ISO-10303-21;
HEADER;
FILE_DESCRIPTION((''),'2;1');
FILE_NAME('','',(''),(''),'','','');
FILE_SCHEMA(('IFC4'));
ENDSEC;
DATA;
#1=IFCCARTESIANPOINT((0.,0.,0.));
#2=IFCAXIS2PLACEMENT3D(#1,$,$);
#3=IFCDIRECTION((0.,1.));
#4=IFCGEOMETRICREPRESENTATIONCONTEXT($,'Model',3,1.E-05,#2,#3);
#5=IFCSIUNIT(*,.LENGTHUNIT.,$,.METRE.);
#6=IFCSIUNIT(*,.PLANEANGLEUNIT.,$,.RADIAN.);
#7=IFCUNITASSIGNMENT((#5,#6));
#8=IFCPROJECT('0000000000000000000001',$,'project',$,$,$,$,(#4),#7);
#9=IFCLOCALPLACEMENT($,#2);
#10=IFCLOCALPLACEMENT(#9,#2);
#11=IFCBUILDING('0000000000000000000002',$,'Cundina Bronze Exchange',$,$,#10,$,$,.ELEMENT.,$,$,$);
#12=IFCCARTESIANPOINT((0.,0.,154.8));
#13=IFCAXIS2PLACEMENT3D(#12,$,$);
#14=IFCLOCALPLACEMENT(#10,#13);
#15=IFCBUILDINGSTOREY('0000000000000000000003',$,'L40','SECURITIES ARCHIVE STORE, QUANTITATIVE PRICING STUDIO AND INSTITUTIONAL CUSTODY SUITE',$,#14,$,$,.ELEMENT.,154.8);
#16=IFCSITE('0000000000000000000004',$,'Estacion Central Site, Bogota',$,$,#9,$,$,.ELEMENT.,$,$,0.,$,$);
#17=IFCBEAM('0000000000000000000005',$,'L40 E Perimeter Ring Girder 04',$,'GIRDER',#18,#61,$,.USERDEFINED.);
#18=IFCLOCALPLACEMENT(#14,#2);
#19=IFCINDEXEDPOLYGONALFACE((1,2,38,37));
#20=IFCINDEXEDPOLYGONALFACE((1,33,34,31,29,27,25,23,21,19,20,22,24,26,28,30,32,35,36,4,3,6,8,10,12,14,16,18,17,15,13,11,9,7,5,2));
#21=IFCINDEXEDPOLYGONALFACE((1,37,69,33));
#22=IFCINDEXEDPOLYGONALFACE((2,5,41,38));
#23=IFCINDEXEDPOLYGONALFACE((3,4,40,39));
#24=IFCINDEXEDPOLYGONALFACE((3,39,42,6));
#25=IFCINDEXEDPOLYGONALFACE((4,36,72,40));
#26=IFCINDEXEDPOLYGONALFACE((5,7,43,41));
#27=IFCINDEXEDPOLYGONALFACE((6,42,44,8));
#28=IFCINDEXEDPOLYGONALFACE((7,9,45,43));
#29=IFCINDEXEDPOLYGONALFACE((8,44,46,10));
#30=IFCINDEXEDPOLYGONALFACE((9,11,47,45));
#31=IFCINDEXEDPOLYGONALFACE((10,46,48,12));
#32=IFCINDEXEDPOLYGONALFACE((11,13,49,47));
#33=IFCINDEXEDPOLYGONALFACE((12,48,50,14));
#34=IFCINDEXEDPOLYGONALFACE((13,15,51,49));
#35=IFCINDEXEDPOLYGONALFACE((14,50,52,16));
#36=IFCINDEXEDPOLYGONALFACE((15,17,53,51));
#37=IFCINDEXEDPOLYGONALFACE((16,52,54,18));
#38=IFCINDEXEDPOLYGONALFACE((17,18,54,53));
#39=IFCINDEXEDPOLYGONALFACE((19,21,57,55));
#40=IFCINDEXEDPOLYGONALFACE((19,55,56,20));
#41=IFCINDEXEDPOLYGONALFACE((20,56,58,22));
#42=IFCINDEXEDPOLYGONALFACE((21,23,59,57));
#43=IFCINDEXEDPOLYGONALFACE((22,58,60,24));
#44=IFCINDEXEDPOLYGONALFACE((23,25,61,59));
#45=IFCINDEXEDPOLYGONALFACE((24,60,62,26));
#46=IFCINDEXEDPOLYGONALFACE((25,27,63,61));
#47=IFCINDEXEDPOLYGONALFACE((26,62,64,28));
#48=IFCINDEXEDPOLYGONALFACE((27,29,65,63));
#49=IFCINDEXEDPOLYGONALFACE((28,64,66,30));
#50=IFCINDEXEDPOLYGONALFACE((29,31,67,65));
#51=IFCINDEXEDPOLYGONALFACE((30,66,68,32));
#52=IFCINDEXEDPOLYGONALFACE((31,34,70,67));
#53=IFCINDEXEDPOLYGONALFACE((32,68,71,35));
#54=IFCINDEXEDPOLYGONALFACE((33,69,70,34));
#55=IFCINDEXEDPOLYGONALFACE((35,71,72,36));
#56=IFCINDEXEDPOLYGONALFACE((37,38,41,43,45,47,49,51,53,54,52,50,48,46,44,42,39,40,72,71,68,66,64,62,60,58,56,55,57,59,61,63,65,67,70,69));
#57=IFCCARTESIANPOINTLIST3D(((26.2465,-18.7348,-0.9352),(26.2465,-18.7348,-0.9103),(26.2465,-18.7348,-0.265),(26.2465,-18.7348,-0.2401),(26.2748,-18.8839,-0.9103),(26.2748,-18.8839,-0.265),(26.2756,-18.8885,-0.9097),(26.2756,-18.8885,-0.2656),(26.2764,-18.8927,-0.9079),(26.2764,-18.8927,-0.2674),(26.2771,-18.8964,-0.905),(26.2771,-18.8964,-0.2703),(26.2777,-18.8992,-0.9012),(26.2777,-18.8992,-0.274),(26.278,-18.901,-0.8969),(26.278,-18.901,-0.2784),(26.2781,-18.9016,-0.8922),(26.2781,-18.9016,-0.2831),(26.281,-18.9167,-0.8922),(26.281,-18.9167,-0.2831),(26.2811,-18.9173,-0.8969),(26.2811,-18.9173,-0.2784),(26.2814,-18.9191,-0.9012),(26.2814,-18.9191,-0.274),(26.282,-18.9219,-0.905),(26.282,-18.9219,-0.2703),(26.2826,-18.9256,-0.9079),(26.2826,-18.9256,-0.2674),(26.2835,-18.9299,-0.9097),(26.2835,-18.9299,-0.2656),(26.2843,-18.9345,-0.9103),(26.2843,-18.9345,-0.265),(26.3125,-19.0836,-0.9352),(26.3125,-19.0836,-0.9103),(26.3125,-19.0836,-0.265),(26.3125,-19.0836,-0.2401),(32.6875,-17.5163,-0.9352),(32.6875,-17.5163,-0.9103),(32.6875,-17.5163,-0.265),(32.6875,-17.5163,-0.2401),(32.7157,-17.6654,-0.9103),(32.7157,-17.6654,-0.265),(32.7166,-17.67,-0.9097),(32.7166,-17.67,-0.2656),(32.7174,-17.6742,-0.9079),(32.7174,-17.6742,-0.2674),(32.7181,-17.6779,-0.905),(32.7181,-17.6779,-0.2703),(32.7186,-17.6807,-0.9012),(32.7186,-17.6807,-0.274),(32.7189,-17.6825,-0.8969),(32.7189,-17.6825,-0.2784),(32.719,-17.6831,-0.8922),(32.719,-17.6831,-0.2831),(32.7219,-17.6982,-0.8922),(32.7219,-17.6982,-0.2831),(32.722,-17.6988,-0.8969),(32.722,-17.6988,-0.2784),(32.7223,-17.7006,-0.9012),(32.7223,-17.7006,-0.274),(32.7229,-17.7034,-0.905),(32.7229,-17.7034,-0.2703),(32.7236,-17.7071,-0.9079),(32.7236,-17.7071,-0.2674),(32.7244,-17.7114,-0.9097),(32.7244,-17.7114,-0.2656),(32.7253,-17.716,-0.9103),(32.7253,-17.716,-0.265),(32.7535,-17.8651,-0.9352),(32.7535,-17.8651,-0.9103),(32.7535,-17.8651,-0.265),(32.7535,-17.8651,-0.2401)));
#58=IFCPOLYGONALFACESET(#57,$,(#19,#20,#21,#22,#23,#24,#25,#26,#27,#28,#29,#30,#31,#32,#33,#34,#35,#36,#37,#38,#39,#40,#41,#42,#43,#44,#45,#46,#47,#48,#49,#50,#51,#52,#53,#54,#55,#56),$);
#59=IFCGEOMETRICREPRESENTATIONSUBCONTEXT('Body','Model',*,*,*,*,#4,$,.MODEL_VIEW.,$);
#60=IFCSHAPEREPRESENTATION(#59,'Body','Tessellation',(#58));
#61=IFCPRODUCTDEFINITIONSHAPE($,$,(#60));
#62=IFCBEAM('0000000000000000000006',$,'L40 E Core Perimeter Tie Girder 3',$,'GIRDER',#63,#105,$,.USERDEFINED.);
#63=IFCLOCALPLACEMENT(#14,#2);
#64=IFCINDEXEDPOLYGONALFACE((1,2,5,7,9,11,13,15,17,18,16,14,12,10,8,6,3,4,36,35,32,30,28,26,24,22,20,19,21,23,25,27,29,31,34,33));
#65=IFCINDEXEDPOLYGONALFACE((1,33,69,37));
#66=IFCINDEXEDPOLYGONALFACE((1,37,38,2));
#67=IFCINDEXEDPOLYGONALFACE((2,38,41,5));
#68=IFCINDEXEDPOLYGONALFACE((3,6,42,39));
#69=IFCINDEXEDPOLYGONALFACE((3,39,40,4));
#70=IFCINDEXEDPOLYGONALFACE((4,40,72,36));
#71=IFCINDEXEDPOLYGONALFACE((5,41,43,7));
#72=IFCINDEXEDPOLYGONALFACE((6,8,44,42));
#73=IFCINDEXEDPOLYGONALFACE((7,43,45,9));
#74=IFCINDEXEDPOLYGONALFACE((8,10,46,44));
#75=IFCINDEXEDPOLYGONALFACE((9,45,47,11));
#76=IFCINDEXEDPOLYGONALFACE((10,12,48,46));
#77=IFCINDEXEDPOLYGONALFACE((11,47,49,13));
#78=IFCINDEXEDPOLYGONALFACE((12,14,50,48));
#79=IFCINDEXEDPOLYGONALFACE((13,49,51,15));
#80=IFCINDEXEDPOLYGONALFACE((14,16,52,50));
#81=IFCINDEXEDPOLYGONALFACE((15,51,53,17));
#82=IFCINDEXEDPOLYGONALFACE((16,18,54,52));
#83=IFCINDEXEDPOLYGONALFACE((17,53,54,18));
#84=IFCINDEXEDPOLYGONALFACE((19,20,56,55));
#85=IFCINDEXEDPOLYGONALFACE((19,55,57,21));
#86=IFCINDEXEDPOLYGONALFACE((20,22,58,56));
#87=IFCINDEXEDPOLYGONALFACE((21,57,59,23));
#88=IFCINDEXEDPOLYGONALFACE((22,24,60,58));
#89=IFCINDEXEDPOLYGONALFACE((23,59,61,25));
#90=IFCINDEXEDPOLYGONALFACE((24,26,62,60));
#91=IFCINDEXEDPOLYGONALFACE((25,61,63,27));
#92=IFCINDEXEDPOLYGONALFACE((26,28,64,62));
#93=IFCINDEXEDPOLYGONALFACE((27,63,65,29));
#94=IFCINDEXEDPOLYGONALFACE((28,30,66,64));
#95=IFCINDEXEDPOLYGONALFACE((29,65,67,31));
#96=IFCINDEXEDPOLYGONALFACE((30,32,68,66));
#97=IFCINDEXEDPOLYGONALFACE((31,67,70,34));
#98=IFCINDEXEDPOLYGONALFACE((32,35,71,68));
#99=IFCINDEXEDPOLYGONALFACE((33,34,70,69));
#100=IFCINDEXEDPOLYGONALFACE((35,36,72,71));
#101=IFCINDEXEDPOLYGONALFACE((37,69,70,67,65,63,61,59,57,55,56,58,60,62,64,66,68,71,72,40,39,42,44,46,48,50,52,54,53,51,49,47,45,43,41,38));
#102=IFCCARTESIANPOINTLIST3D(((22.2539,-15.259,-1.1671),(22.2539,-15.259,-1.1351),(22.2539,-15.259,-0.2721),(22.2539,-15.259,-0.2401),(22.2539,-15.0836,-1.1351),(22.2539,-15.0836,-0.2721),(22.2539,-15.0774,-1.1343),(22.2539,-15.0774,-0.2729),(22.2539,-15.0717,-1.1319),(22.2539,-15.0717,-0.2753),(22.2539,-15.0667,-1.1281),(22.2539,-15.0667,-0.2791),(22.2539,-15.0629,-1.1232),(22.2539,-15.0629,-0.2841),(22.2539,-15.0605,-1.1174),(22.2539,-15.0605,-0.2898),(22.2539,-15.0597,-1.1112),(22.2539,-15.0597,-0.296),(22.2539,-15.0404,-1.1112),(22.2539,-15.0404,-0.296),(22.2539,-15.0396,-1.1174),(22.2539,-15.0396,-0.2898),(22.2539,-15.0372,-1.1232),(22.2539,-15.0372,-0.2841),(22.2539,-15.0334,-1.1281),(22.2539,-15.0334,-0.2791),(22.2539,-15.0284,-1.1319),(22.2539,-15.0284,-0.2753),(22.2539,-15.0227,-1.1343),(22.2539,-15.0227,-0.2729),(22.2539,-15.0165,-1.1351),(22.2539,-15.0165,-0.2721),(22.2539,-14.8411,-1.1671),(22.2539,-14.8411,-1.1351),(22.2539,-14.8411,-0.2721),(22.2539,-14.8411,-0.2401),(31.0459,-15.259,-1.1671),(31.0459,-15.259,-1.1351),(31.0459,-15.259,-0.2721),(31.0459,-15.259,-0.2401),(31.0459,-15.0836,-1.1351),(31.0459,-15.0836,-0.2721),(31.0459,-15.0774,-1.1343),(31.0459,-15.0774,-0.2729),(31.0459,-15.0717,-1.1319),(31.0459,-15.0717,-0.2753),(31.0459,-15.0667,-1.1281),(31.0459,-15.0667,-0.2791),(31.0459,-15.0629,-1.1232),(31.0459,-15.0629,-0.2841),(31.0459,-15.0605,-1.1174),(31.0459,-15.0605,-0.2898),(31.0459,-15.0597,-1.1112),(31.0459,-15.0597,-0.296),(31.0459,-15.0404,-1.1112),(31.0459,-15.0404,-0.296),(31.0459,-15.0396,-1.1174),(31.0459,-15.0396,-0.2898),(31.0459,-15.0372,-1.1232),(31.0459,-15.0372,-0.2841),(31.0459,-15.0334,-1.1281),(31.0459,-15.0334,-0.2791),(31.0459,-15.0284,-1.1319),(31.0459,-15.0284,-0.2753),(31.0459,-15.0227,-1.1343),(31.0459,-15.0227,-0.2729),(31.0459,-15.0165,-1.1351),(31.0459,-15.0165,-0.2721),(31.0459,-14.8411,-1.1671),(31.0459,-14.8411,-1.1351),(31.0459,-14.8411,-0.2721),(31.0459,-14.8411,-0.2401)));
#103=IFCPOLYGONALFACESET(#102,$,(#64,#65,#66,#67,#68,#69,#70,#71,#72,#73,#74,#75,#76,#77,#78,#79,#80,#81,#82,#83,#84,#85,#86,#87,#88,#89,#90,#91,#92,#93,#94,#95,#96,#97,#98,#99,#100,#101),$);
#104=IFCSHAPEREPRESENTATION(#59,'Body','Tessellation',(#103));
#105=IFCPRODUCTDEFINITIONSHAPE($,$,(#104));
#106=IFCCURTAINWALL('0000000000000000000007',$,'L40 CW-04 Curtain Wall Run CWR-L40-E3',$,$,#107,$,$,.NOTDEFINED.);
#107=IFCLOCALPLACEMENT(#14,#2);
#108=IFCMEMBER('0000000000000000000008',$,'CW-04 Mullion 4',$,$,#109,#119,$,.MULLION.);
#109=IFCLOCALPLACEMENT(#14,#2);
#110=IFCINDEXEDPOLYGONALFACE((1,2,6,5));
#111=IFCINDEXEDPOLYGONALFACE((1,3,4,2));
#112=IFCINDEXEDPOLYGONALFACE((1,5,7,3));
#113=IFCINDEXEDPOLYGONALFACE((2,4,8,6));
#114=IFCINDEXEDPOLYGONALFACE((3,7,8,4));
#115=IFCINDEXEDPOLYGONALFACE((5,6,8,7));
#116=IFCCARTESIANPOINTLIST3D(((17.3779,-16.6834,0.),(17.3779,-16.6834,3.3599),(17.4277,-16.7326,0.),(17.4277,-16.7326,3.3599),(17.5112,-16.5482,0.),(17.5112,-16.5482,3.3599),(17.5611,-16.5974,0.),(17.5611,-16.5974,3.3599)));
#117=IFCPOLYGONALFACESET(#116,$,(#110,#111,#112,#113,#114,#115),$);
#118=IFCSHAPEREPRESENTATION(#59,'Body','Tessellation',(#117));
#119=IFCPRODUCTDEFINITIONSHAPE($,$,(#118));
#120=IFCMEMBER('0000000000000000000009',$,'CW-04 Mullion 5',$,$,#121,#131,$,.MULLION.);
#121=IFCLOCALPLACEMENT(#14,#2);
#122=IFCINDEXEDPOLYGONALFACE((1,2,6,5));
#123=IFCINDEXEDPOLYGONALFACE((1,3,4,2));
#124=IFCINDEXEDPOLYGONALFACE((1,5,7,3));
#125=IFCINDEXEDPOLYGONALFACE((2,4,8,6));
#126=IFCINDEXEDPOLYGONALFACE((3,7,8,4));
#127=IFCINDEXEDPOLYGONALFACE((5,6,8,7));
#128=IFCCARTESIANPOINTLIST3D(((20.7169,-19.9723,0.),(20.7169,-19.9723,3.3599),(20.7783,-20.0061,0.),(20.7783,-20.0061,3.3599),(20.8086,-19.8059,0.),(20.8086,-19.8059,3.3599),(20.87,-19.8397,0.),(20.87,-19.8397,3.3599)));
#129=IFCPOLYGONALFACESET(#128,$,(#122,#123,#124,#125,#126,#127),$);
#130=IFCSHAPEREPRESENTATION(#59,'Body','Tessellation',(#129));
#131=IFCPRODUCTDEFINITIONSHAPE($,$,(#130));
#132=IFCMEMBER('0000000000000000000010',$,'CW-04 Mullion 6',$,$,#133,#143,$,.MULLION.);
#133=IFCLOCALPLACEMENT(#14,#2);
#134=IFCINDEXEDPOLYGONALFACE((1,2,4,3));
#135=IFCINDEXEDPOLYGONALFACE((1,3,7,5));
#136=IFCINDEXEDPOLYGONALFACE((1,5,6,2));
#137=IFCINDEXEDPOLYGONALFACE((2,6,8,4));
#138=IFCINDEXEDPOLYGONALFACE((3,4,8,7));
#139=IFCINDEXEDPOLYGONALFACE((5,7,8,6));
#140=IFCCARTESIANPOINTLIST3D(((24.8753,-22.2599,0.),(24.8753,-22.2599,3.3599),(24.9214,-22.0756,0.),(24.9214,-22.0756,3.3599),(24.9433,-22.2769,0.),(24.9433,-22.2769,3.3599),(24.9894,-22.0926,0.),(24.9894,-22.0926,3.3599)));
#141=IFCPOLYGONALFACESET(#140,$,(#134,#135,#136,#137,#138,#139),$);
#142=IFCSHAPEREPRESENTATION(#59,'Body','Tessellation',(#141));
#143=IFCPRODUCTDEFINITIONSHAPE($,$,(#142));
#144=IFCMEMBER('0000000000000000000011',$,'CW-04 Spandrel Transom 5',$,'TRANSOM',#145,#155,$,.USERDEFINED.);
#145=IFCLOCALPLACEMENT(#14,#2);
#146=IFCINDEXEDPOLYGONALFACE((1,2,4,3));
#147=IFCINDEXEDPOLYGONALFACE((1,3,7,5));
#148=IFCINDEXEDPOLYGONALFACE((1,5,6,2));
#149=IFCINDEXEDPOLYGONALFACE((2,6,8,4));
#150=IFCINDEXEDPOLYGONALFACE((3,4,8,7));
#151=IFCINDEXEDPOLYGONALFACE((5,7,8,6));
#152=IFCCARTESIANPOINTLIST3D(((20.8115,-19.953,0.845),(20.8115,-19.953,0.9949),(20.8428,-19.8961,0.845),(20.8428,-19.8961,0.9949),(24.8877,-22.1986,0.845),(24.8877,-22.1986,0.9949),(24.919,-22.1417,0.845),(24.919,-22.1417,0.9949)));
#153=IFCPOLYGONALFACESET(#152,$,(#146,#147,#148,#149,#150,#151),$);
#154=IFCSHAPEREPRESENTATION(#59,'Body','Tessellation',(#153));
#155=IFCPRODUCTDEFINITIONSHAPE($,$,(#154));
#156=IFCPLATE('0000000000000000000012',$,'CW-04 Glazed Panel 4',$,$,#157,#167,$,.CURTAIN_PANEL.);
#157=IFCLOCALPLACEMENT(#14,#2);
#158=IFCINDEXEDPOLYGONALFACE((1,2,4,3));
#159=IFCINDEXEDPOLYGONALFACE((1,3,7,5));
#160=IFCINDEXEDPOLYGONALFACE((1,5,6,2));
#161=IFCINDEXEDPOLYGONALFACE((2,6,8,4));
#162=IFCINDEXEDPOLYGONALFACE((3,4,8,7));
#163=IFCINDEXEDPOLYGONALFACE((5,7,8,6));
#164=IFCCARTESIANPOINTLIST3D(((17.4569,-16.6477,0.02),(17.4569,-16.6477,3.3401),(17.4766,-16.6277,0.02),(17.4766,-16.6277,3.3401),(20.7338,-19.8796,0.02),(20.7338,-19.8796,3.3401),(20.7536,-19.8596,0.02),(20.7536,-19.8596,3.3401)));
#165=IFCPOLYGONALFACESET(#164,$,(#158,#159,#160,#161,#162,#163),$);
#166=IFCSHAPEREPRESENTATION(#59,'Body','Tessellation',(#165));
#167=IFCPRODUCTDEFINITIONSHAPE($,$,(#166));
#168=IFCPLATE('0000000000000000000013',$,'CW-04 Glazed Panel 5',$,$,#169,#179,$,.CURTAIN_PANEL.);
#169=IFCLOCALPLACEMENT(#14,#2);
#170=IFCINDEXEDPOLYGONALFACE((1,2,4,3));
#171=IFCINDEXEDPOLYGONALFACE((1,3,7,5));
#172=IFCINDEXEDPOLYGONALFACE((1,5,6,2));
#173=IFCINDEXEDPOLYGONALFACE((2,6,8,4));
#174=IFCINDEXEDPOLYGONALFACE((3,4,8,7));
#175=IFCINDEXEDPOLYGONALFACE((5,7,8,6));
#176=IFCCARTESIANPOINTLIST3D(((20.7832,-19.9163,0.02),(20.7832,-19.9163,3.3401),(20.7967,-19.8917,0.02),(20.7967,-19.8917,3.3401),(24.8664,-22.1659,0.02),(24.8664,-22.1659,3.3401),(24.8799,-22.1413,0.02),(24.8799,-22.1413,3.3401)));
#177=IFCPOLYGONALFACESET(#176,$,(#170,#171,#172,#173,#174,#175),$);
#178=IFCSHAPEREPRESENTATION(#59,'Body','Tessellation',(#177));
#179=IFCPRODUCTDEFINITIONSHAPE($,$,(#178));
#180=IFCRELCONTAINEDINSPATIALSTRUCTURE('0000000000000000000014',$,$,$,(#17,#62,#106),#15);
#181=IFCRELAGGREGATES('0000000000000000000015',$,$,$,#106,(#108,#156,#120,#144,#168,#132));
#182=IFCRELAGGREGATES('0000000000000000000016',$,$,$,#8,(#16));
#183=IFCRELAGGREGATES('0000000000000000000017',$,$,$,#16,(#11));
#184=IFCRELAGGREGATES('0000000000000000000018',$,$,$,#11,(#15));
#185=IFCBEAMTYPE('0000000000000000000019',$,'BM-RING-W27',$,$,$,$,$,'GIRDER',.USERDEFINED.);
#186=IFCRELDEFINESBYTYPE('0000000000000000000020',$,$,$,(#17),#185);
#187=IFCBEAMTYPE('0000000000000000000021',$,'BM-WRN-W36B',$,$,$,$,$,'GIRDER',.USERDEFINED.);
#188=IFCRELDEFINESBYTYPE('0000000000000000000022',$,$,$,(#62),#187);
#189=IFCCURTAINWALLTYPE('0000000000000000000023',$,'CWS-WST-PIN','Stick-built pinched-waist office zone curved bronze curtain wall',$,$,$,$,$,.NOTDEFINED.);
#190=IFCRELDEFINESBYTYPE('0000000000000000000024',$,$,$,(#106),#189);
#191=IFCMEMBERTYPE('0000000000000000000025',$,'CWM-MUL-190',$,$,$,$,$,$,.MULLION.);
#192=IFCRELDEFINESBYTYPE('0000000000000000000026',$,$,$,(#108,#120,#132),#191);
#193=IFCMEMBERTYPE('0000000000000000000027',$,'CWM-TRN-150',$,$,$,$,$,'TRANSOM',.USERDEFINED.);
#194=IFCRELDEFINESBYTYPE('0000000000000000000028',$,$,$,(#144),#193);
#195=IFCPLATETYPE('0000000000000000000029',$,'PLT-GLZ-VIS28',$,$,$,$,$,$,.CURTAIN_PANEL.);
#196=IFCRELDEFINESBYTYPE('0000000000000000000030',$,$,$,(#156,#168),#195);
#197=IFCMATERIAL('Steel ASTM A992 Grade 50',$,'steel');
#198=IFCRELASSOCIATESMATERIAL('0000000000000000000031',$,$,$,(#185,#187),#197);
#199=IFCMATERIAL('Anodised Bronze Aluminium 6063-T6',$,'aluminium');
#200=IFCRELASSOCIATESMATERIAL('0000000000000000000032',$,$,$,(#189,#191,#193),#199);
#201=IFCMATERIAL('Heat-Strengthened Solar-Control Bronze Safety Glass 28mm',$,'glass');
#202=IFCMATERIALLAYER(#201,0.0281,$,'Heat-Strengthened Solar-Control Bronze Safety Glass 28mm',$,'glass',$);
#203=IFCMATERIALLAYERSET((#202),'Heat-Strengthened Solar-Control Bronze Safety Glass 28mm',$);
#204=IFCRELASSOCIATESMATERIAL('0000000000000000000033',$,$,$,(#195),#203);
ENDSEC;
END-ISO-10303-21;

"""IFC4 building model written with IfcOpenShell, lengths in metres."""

from ifc_helpers import new_model, si_unit, direction, frame, origin, origin_2d, place, context, subcontext, project, spatial, rectangle, i_section, extrude, material, layer, layer_set, material_profile, profile_set, type_object, element, aggregate, save


model = new_model("IFC4")

# Units and contexts
model_context = context("Model", 3, precision=1e-05, world=origin(), true_north=direction((0.0, 1.0)))
body_context = subcontext(model_context, "Body", "Model", "MODEL_VIEW")
ifc_project = project(units=[si_unit("LENGTHUNIT", "METRE"), si_unit("PLANEANGLEUNIT", "RADIAN")], contexts=[model_context])

# Site, building, storey
site_placement = place(None, origin())
site = spatial("IfcSite", under=ifc_project, at=site_placement, Name="Estacion Central Site, Bogota", CompositionType="ELEMENT", RefElevation=0.0)
building_placement = place(site_placement, origin())
building = spatial("IfcBuilding", under=site, at=building_placement, Name="Cundina Bronze Exchange", CompositionType="ELEMENT")
storey_placement = place(building_placement, frame((0.0, 0.0, 154.8)))
storey = spatial("IfcBuildingStorey", under=building, at=storey_placement, Name="L40", Description="SECURITIES ARCHIVE STORE, QUANTITATIVE PRICING STUDIO AND INSTITUTIONAL CUSTODY SUITE", CompositionType="ELEMENT", Elevation=154.8)

# Shared definitions
ifc_material_1 = material(Name="Steel ASTM A992 Grade 50", Category="steel")

# Beams
ifc_material_profile_1 = material_profile(ifc_material_1, i_section(OverallWidth=0.355, OverallDepth=0.6951, WebThickness=0.0154, FlangeThickness=0.0249, FilletRadius=0.0181, at=origin_2d()), Name="W27X146", Category="steel")
ifc_profile_set_1 = profile_set([ifc_material_profile_1], Name="Steel ASTM A992 Grade 50")
beam_type_1 = type_object("IfcBeamType", Name="BM-RING-W27", ElementType="GIRDER", PredefinedType="USERDEFINED", material=ifc_profile_set_1)
beam_1_placement = place(storey_placement, frame((26.2795, -18.9092, -0.5876), z_axis=(0.982572, 0.185885, 0.0), x_axis=(-0.185885, 0.982572, 0.0)))
element("IfcBeam", 1, at=beam_1_placement, inside=storey, type_object=beam_type_1, Name="L40 E Perimeter Ring Girder 04", ObjectType="GIRDER", PredefinedType="USERDEFINED", context=body_context, shape_type="SweptSolid", body=[
    extrude(i_section(OverallWidth=0.355, OverallDepth=0.6951, WebThickness=0.0154, FlangeThickness=0.0249, FilletRadius=0.0181, at=origin_2d()), origin(), (0.0, 0.0, 1.0), 6.5552),
])
ifc_material_profile_2 = material_profile(ifc_material_1, i_section(OverallWidth=0.418, OverallDepth=0.927, WebThickness=0.0193, FlangeThickness=0.032, FilletRadius=0.0239, at=origin_2d()), Name="W36X231", Category="steel")
ifc_profile_set_2 = profile_set([ifc_material_profile_2], Name="Steel ASTM A992 Grade 50")
beam_type_2 = type_object("IfcBeamType", Name="BM-WRN-W36B", ElementType="GIRDER", PredefinedType="USERDEFINED", material=ifc_profile_set_2)
beam_2_placement = place(storey_placement, frame((22.2539, -15.05, -0.7036), z_axis=(1.0, 0.0, 0.0), x_axis=(0.0, 1.0, 0.0)))
element("IfcBeam", 2, at=beam_2_placement, inside=storey, type_object=beam_type_2, Name="L40 E Core Perimeter Tie Girder 3", ObjectType="GIRDER", PredefinedType="USERDEFINED", context=body_context, shape_type="SweptSolid", body=[
    extrude(i_section(OverallWidth=0.418, OverallDepth=0.927, WebThickness=0.0193, FlangeThickness=0.032, FilletRadius=0.0239, at=origin_2d()), origin(), (0.0, 0.0, 1.0), 8.792),
])

# Curtain wall, members, plates
ifc_material_2 = material(Name="Anodised Bronze Aluminium 6063-T6", Category="aluminium")
curtain_wall_type = type_object("IfcCurtainWallType", Name="CWS-WST-PIN", Description="Stick-built pinched-waist office zone curved bronze curtain wall", PredefinedType="NOTDEFINED", material=ifc_material_2)
curtain_wall_placement = place(storey_placement, origin())
curtain_wall = element("IfcCurtainWall", 3, at=curtain_wall_placement, inside=storey, type_object=curtain_wall_type, Name="L40 CW-04 Curtain Wall Run CWR-L40-E3", PredefinedType="NOTDEFINED")
ifc_material_profile_3 = material_profile(ifc_material_2, rectangle(XDim=0.0701, YDim=0.1899, at=origin_2d()), Name="AL70X190", Category="aluminium")
ifc_profile_set_3 = profile_set([ifc_material_profile_3], Name="Anodised Bronze Aluminium 6063-T6")
member_type_1 = type_object("IfcMemberType", Name="CWM-MUL-190", PredefinedType="MULLION", material=ifc_profile_set_3)
member_1_placement = place(storey_placement, frame((17.4695, -16.6404, 0.0), z_axis=(0.0, 0.0, 1.0), x_axis=(0.712026, -0.702153, 0.0)))
member_1 = element("IfcMember", 4, at=member_1_placement, type_object=member_type_1, Name="CW-04 Mullion 4", PredefinedType="MULLION", context=body_context, shape_type="SweptSolid", body=[
    extrude(rectangle(XDim=0.0701, YDim=0.1899, at=origin_2d()), origin(), (0.0, 0.0, 1.0), 3.3599),
])
member_2_placement = place(storey_placement, frame((20.7935, -19.906, 0.0), z_axis=(0.0, 0.0, 1.0), x_axis=(0.875886, -0.482518, 0.0)))
member_2 = element("IfcMember", 5, at=member_2_placement, type_object=member_type_1, Name="CW-04 Mullion 5", PredefinedType="MULLION", context=body_context, shape_type="SweptSolid", body=[
    extrude(rectangle(XDim=0.0701, YDim=0.1899, at=origin_2d()), origin(), (0.0, 0.0, 1.0), 3.3599),
])
member_3_placement = place(storey_placement, frame((24.9324, -22.1763, 0.0), z_axis=(0.0, 0.0, 1.0), x_axis=(0.970084, -0.242769, 0.0)))
member_3 = element("IfcMember", 6, at=member_3_placement, type_object=member_type_1, Name="CW-04 Mullion 6", PredefinedType="MULLION", context=body_context, shape_type="SweptSolid", body=[
    extrude(rectangle(XDim=0.0701, YDim=0.1899, at=origin_2d()), origin(), (0.0, 0.0, 1.0), 3.3599),
])
ifc_material_profile_4 = material_profile(ifc_material_2, rectangle(XDim=0.0649, YDim=0.1499, at=origin_2d()), Name="AL65X150", Category="aluminium")
ifc_profile_set_4 = profile_set([ifc_material_profile_4], Name="Anodised Bronze Aluminium 6063-T6")
member_type_2 = type_object("IfcMemberType", Name="CWM-TRN-150", ElementType="TRANSOM", PredefinedType="USERDEFINED", material=ifc_profile_set_4)
member_4_placement = place(storey_placement, frame((20.8271, -19.9246, 0.9199), z_axis=(0.875879, -0.482531, 0.0), x_axis=(0.482531, 0.875879, 0.0)))
member_4 = element("IfcMember", 7, at=member_4_placement, type_object=member_type_2, Name="CW-04 Spandrel Transom 5", ObjectType="TRANSOM", PredefinedType="USERDEFINED", context=body_context, shape_type="SweptSolid", body=[
    extrude(rectangle(XDim=0.0649, YDim=0.1499, at=origin_2d()), origin(), (0.0, 0.0, 1.0), 4.6538),
])
ifc_material_3 = material(Name="Heat-Strengthened Solar-Control Bronze Safety Glass 28mm", Category="glass")
ifc_layer_1 = layer(ifc_material_3, 0.0281, Name="Heat-Strengthened Solar-Control Bronze Safety Glass 28mm", Category="glass")
ifc_layer_set_1 = layer_set([ifc_layer_1], Name="Heat-Strengthened Solar-Control Bronze Safety Glass 28mm")
plate_type_1 = type_object("IfcPlateType", Name="PLT-GLZ-VIS28", PredefinedType="CURTAIN_PANEL", material=ifc_layer_set_1)
plate_1_placement = place(storey_placement, frame((19.1052, -18.2537, 0.02), z_axis=(0.0, 0.0, 1.0), x_axis=(0.711989, -0.70219, 0.0)))
plate_1 = element("IfcPlate", 8, at=plate_1_placement, type_object=plate_type_1, Name="CW-04 Glazed Panel 4", PredefinedType="CURTAIN_PANEL", context=body_context, shape_type="SweptSolid", body=[
    extrude(rectangle(XDim=4.6025, YDim=0.0281, at=origin_2d()), origin(), (0.0, 0.0, 1.0), 3.3201),
])
plate_2_placement = place(storey_placement, frame((22.8315, -21.0288, 0.02), z_axis=(0.0, 0.0, 1.0), x_axis=(0.875869, -0.482549, 0.0)))
plate_2 = element("IfcPlate", 9, at=plate_2_placement, type_object=plate_type_1, Name="CW-04 Glazed Panel 5", PredefinedType="CURTAIN_PANEL", context=body_context, shape_type="SweptSolid", body=[
    extrude(rectangle(XDim=4.6619, YDim=0.0281, at=origin_2d()), origin(), (0.0, 0.0, 1.0), 3.3201),
])
aggregate(curtain_wall, [member_1, plate_1, member_2, member_4, plate_2, member_3])

save(model, "model.ifc")
